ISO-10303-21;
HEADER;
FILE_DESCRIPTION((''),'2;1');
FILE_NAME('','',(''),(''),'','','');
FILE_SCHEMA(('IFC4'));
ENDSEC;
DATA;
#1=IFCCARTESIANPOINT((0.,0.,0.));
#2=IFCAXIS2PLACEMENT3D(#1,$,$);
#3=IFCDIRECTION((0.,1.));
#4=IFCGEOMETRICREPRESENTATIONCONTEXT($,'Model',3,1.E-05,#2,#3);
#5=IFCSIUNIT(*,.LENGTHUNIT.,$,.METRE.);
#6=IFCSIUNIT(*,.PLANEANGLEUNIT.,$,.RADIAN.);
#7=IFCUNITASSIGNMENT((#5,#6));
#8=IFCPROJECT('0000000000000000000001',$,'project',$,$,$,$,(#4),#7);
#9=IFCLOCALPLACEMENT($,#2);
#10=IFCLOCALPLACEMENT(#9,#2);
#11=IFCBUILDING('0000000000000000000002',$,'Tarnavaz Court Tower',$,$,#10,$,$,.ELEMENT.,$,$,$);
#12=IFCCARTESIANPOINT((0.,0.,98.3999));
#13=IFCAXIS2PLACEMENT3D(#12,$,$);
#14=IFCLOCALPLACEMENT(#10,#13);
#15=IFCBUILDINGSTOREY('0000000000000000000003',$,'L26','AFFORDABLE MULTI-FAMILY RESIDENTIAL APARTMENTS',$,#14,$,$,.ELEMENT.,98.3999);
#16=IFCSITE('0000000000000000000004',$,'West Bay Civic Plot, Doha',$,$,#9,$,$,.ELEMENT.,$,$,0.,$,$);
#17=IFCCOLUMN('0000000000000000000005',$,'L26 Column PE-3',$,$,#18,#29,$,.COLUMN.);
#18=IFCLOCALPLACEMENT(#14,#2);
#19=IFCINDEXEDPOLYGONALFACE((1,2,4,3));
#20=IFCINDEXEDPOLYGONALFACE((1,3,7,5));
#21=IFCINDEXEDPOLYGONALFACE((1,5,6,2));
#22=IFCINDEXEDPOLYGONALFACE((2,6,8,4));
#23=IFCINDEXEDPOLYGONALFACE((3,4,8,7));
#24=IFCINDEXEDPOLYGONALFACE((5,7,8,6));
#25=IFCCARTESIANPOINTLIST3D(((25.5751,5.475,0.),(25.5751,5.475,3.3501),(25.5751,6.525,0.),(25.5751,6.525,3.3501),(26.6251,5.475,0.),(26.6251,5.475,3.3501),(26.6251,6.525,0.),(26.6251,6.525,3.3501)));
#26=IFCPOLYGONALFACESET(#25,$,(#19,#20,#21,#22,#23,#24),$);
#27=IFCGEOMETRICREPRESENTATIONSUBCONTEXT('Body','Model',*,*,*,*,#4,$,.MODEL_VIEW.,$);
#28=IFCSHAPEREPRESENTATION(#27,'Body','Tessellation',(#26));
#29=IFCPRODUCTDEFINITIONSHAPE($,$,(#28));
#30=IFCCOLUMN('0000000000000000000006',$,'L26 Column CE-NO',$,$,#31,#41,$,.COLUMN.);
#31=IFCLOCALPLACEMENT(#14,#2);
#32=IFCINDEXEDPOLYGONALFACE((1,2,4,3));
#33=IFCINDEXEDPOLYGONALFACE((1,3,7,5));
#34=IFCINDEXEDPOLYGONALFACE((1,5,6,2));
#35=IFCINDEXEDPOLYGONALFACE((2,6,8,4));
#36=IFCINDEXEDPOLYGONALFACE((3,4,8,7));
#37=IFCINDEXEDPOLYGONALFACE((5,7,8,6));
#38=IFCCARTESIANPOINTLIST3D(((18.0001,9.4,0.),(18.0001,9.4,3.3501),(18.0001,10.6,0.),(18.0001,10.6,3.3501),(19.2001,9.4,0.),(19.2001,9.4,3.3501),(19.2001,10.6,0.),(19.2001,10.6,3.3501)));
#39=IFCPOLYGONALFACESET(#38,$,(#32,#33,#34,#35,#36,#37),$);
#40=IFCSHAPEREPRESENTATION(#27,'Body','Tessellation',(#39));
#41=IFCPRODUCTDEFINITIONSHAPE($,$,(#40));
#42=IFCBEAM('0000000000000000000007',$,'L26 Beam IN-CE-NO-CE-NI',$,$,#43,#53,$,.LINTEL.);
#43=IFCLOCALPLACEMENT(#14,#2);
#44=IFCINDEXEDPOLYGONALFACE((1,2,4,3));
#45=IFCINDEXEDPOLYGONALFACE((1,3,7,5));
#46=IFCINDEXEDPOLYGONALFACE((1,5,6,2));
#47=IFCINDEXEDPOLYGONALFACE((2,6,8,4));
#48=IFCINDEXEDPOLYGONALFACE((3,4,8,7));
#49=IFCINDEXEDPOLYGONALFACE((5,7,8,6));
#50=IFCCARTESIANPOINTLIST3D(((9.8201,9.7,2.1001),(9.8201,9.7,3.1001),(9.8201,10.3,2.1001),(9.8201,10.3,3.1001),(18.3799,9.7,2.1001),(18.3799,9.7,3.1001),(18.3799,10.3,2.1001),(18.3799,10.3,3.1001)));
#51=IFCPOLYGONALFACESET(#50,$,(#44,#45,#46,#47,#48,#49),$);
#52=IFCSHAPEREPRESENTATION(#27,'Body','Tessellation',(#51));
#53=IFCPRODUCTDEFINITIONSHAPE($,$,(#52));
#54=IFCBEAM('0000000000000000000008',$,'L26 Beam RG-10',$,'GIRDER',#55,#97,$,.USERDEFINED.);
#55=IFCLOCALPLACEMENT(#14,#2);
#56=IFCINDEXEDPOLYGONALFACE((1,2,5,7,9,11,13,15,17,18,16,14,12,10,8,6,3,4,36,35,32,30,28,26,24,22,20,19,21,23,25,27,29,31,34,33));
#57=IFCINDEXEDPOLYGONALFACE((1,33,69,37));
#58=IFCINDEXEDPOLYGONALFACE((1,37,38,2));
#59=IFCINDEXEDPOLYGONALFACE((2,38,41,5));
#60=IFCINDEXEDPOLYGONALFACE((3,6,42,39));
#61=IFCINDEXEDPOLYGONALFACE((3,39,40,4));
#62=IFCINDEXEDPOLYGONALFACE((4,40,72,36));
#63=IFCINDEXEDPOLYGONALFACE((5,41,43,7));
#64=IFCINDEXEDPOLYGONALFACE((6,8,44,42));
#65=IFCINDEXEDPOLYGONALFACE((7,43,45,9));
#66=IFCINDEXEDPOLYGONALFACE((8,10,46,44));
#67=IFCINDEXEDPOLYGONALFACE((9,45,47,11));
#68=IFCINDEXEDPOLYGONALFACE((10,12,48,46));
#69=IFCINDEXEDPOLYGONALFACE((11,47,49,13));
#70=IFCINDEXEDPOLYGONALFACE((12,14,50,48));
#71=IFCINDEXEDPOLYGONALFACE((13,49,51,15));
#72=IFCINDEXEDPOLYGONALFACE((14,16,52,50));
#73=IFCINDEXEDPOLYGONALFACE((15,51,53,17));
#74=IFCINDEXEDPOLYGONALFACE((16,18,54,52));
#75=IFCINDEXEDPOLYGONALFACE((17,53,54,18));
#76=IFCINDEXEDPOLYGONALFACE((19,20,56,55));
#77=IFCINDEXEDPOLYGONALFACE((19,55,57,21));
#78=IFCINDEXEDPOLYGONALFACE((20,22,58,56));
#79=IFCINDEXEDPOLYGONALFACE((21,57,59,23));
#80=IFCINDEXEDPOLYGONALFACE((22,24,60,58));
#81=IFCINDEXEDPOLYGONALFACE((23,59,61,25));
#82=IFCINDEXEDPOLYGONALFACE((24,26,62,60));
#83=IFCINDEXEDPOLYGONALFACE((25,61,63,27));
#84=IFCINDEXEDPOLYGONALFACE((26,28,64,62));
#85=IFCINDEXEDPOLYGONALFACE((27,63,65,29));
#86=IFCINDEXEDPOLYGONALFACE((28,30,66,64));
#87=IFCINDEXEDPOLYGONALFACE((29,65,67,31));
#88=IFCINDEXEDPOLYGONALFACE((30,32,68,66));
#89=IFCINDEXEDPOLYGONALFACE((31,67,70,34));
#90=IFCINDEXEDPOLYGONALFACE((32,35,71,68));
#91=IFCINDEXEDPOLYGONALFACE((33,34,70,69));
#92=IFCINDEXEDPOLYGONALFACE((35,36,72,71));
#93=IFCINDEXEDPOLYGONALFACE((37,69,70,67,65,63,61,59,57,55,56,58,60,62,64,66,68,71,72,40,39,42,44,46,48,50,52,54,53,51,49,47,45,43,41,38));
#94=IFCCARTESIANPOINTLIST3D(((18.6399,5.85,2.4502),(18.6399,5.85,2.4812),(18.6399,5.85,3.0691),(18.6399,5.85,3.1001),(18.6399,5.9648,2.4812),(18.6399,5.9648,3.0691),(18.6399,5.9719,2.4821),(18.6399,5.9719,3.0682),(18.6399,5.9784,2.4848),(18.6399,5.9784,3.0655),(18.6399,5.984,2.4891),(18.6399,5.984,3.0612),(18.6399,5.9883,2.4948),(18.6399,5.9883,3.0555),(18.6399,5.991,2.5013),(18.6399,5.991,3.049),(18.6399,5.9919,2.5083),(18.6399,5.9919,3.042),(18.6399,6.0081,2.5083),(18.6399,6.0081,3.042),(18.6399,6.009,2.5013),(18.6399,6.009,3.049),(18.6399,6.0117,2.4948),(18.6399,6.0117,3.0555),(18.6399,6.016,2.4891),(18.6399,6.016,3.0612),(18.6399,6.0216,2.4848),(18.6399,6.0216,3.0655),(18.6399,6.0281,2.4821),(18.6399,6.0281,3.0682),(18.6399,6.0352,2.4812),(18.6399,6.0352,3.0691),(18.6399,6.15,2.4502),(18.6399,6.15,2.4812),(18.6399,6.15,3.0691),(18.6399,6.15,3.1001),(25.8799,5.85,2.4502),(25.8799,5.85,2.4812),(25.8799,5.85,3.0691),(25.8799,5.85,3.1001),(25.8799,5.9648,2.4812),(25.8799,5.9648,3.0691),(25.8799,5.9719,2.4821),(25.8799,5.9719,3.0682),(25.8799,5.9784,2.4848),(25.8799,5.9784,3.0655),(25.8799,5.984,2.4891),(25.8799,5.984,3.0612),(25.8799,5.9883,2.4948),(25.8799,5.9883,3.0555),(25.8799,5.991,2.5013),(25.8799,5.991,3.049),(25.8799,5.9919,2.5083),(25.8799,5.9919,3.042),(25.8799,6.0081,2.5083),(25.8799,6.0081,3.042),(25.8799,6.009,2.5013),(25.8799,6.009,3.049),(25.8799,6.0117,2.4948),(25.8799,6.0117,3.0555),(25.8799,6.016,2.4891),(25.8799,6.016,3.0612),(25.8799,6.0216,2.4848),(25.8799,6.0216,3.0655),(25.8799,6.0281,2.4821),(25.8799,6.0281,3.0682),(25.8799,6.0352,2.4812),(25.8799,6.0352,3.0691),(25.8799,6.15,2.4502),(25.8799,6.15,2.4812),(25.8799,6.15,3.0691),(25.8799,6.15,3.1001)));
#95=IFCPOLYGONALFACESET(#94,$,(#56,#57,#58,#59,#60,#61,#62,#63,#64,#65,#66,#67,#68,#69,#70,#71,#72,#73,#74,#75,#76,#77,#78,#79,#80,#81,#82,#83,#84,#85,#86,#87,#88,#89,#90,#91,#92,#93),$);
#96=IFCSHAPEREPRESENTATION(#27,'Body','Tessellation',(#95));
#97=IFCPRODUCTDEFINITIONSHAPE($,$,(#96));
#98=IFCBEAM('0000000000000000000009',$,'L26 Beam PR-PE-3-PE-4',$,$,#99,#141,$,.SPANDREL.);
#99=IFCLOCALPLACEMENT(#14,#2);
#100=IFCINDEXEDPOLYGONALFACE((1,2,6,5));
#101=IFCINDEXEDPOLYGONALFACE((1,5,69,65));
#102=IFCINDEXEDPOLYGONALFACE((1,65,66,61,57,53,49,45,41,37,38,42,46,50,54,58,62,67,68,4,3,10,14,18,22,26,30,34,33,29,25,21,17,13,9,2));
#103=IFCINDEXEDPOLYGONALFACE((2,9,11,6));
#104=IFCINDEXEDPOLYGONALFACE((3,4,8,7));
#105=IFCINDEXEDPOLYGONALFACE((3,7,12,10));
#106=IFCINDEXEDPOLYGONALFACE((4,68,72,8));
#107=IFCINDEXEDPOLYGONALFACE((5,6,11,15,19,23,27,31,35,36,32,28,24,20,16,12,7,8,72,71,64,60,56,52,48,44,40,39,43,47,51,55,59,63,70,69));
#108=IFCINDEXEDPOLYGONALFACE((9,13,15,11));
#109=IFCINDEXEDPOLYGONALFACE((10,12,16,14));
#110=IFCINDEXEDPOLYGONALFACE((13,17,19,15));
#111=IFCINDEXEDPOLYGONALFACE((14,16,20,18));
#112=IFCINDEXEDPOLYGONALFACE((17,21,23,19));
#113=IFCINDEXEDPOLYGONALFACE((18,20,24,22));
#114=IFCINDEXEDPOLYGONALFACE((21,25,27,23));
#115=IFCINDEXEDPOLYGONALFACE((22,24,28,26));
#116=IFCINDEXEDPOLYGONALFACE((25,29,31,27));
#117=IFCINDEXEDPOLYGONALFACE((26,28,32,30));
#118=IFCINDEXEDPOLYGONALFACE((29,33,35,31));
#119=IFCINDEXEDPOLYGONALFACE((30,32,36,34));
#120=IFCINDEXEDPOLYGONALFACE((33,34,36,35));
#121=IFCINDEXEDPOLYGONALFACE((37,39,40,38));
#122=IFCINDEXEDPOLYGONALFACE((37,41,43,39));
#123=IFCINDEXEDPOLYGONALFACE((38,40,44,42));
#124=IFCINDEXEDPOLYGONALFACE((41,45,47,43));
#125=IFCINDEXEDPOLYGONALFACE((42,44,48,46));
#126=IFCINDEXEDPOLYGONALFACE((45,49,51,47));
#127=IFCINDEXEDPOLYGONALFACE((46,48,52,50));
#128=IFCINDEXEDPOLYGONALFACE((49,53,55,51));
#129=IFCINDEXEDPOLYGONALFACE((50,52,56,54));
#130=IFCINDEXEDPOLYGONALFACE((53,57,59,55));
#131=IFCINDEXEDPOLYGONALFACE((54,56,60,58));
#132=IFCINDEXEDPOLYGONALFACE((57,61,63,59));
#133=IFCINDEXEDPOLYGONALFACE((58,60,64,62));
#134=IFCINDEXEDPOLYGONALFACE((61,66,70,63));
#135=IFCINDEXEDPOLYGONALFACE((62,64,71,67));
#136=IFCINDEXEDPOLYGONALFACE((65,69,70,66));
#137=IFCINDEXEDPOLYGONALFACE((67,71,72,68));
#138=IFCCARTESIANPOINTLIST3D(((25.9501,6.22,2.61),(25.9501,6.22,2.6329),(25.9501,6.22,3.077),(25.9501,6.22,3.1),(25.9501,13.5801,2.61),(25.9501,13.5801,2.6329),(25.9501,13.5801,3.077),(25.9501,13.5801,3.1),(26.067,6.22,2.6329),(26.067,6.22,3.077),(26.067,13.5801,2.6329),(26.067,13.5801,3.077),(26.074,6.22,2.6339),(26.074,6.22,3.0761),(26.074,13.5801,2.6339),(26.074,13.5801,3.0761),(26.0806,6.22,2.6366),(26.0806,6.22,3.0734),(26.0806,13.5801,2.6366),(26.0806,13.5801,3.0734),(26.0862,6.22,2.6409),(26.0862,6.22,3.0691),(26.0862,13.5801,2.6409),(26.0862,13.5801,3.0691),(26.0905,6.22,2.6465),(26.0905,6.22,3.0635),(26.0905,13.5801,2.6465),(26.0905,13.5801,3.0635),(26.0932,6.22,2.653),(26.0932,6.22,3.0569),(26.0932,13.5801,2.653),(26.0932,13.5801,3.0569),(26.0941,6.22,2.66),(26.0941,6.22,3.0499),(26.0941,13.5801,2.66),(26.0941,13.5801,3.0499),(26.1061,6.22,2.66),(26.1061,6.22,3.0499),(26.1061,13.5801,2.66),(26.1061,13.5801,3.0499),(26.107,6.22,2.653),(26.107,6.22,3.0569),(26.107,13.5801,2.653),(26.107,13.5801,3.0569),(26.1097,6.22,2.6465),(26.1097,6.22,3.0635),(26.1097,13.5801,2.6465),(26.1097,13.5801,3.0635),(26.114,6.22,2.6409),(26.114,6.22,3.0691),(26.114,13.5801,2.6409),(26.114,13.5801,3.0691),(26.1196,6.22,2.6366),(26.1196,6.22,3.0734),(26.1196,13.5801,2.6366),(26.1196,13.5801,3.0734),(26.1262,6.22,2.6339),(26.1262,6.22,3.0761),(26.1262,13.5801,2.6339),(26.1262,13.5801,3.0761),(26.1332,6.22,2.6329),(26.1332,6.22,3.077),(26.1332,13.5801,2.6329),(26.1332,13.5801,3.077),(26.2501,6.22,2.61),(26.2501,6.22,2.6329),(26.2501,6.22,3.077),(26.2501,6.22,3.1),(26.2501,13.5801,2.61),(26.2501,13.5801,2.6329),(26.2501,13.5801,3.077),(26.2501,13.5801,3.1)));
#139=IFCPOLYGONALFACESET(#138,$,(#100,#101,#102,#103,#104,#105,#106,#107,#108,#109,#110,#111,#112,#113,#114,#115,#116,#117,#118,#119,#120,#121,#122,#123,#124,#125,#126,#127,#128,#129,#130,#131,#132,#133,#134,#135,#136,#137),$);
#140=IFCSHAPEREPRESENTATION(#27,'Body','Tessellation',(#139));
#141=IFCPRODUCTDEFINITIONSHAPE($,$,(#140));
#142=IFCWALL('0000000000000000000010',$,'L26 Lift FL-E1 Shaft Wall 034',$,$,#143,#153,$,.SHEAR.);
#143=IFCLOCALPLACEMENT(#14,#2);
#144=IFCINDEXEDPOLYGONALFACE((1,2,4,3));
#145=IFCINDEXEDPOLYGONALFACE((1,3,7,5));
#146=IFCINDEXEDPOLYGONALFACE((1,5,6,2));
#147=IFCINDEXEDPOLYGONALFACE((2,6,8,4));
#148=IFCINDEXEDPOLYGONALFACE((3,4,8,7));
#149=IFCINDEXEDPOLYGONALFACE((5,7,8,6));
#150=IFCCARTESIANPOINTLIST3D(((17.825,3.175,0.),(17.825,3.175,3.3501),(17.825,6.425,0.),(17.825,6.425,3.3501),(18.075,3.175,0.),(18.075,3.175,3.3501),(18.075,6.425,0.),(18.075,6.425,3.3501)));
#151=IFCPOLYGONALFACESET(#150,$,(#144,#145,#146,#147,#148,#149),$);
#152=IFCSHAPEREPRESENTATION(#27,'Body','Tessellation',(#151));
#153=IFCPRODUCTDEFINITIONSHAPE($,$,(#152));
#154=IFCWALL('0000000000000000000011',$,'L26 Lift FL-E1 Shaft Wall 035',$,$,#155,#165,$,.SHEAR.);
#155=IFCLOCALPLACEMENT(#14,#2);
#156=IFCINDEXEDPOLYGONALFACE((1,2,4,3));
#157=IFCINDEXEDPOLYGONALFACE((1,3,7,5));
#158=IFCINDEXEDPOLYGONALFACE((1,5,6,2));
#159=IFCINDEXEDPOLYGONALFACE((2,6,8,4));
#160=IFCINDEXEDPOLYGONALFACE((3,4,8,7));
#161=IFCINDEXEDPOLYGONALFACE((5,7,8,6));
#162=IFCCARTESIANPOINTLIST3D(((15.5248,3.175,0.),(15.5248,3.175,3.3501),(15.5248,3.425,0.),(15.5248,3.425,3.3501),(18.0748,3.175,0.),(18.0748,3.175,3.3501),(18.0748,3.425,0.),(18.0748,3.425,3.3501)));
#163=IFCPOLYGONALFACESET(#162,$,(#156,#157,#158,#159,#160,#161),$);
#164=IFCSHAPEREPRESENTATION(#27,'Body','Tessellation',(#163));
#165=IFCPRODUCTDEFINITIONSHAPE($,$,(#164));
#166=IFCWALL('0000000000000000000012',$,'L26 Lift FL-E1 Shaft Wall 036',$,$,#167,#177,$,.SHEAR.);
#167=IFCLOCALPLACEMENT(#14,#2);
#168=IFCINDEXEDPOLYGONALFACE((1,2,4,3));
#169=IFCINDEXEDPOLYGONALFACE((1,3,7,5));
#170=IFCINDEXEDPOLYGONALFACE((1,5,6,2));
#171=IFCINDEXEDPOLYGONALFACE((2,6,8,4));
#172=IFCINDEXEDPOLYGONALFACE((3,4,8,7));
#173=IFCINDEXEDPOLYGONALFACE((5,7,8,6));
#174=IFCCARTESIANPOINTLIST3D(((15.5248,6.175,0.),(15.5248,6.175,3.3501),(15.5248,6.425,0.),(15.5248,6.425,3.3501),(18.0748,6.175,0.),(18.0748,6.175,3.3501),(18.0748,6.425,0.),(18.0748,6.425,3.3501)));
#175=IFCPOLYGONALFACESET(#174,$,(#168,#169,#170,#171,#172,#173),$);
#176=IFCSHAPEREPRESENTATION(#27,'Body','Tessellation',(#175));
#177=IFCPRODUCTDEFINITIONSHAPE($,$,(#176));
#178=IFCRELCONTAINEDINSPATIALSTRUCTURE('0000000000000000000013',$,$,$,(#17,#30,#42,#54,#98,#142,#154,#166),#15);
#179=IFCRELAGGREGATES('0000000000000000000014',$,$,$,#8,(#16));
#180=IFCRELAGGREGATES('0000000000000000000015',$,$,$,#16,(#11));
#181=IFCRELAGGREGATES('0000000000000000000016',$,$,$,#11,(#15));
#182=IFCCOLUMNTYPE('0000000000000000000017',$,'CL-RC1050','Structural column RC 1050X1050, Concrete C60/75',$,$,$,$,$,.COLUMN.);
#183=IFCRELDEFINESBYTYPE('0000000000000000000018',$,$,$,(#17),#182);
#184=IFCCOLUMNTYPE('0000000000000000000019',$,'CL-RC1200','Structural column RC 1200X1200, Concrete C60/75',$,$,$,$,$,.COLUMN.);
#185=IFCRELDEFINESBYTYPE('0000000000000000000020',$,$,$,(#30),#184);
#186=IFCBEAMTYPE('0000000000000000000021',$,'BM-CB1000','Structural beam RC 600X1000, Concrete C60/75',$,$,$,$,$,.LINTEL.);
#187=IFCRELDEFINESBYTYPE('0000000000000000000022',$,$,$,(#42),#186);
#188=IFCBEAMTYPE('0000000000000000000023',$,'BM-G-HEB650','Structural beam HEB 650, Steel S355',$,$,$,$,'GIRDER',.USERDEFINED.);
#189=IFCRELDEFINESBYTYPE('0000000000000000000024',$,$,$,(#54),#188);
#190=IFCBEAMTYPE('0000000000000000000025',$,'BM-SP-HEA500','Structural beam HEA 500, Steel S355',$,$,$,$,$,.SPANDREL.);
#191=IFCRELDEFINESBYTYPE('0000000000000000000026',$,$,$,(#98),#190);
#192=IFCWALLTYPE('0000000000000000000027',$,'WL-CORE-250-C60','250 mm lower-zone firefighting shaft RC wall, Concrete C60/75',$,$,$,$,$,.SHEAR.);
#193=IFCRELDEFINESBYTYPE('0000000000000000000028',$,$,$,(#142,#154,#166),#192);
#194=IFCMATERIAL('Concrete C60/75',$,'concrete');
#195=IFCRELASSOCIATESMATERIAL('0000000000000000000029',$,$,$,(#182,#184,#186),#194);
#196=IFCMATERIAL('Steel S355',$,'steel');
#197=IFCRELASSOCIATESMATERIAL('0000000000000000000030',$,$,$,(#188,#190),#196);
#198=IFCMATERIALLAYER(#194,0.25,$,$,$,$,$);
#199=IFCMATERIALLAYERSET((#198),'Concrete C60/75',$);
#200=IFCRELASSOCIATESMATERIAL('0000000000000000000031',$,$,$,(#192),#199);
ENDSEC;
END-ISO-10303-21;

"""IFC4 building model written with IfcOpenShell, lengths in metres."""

from ifc_helpers import new_model, si_unit, direction, frame, frame_2d, origin, origin_2d, place, context, subcontext, project, spatial, rectangle, i_section, extrude, material, layer, layer_set, material_profile, profile_set, type_object, element, save


model = new_model("IFC4")

# Units and contexts
model_context = context("Model", 3, precision=1e-05, world=origin(), true_north=direction((0.0, 1.0)))
body_context = subcontext(model_context, "Body", "Model", "MODEL_VIEW")
ifc_project = project(units=[si_unit("LENGTHUNIT", "METRE"), si_unit("PLANEANGLEUNIT", "RADIAN")], contexts=[model_context])

# Site, building, storey
site_placement = place(None, origin())
site = spatial("IfcSite", under=ifc_project, at=site_placement, Name="West Bay Civic Plot, Doha", CompositionType="ELEMENT", RefElevation=0.0)
building_placement = place(site_placement, origin())
building = spatial("IfcBuilding", under=site, at=building_placement, Name="Tarnavaz Court Tower", CompositionType="ELEMENT")
storey_placement = place(building_placement, frame((0.0, 0.0, 98.3999)))
storey = spatial("IfcBuildingStorey", under=building, at=storey_placement, Name="L26", Description="AFFORDABLE MULTI-FAMILY RESIDENTIAL APARTMENTS", CompositionType="ELEMENT", Elevation=98.3999)

# Columns
ifc_material_1 = material(Name="Concrete C60/75", Category="concrete")
ifc_material_profile_1 = material_profile(ifc_material_1, rectangle(XDim=1.05, YDim=1.05, at=origin_2d()), Name="RC 1050X1050")
ifc_profile_set_1 = profile_set([ifc_material_profile_1], Name="Concrete C60/75")
column_type_1 = type_object("IfcColumnType", Name="CL-RC1050", Description="Structural column RC 1050X1050, Concrete C60/75", PredefinedType="COLUMN", material=ifc_profile_set_1)
column_1_placement = place(storey_placement, frame((26.1001, 6.0, 0.0), z_axis=(0.0, 0.0, 1.0), x_axis=(1.0, 0.0, 0.0)))
element("IfcColumn", 1, at=column_1_placement, inside=storey, type_object=column_type_1, Name="L26 Column PE-3", PredefinedType="COLUMN", context=body_context, shape_type="SweptSolid", body=[
    extrude(rectangle(XDim=1.05, YDim=1.05, at=origin_2d()), origin(), (0.0, 0.0, 1.0), 3.3501),
])
ifc_material_profile_2 = material_profile(ifc_material_1, rectangle(XDim=1.2, YDim=1.2, at=origin_2d()), Name="RC 1200X1200")
ifc_profile_set_2 = profile_set([ifc_material_profile_2], Name="Concrete C60/75")
column_type_2 = type_object("IfcColumnType", Name="CL-RC1200", Description="Structural column RC 1200X1200, Concrete C60/75", PredefinedType="COLUMN", material=ifc_profile_set_2)
column_2_placement = place(storey_placement, frame((18.6001, 10.0, 0.0), z_axis=(0.0, 0.0, 1.0), x_axis=(1.0, 0.0, 0.0)))
element("IfcColumn", 2, at=column_2_placement, inside=storey, type_object=column_type_2, Name="L26 Column CE-NO", PredefinedType="COLUMN", context=body_context, shape_type="SweptSolid", body=[
    extrude(rectangle(XDim=1.2, YDim=1.2, at=origin_2d()), origin(), (0.0, 0.0, 1.0), 3.3501),
])

# Beams
ifc_material_profile_3 = material_profile(ifc_material_1, rectangle(XDim=0.6001, YDim=1.0, at=origin_2d()), Name="RC 600X1000")
ifc_profile_set_3 = profile_set([ifc_material_profile_3], Name="Concrete C60/75")
beam_type_1 = type_object("IfcBeamType", Name="BM-CB1000", Description="Structural beam RC 600X1000, Concrete C60/75", PredefinedType="LINTEL", material=ifc_profile_set_3)
beam_1_placement = place(storey_placement, frame((18.3799, 10.0, 2.6001), z_axis=(-1.0, 0.0, 0.0), x_axis=(0.0, -1.0, 0.0)))
element("IfcBeam", 3, at=beam_1_placement, inside=storey, type_object=beam_type_1, Name="L26 Beam IN-CE-NO-CE-NI", PredefinedType="LINTEL", context=body_context, shape_type="SweptSolid", body=[
    extrude(rectangle(XDim=0.6001, YDim=1.0, at=origin_2d()), origin(), (0.0, 0.0, 1.0), 8.5598),
])
ifc_material_2 = material(Name="Steel S355", Category="steel")
ifc_material_profile_4 = material_profile(ifc_material_2, i_section(OverallWidth=0.3, OverallDepth=0.6499, WebThickness=0.0161, FlangeThickness=0.031, FilletRadius=0.0271, at=origin_2d()), Name="HEB 650")
ifc_profile_set_4 = profile_set([ifc_material_profile_4], Name="Steel S355")
beam_type_2 = type_object("IfcBeamType", Name="BM-G-HEB650", Description="Structural beam HEB 650, Steel S355", ElementType="GIRDER", PredefinedType="USERDEFINED", material=ifc_profile_set_4)
beam_2_placement = place(storey_placement, frame((18.6399, 6.0, 2.7751), z_axis=(1.0, 0.0, 0.0), x_axis=(0.0, 1.0, 0.0)))
element("IfcBeam", 4, at=beam_2_placement, inside=storey, type_object=beam_type_2, Name="L26 Beam RG-10", ObjectType="GIRDER", PredefinedType="USERDEFINED", context=body_context, shape_type="SweptSolid", body=[
    extrude(i_section(OverallWidth=0.3, OverallDepth=0.6499, WebThickness=0.0161, FlangeThickness=0.031, FilletRadius=0.0271, at=origin_2d()), origin(), (0.0, 0.0, 1.0), 7.24),
])
ifc_material_profile_5 = material_profile(ifc_material_2, i_section(OverallWidth=0.3, OverallDepth=0.49, WebThickness=0.012, FlangeThickness=0.0229, FilletRadius=0.0271, at=origin_2d()), Name="HEA 500")
ifc_profile_set_5 = profile_set([ifc_material_profile_5], Name="Steel S355")
beam_type_3 = type_object("IfcBeamType", Name="BM-SP-HEA500", Description="Structural beam HEA 500, Steel S355", PredefinedType="SPANDREL", material=ifc_profile_set_5)
beam_3_placement = place(storey_placement, frame((26.1001, 6.22, 2.855), z_axis=(0.0, 1.0, 0.0), x_axis=(-1.0, 0.0, 0.0)))
element("IfcBeam", 5, at=beam_3_placement, inside=storey, type_object=beam_type_3, Name="L26 Beam PR-PE-3-PE-4", PredefinedType="SPANDREL", context=body_context, shape_type="SweptSolid", body=[
    extrude(i_section(OverallWidth=0.3, OverallDepth=0.49, WebThickness=0.012, FlangeThickness=0.0229, FilletRadius=0.0271, at=origin_2d()), origin(), (0.0, 0.0, 1.0), 7.3601),
])

# Shared definitions
ifc_layer_1 = layer(ifc_material_1, 0.25)
ifc_layer_set_1 = layer_set([ifc_layer_1], Name="Concrete C60/75")
wall_type_1 = type_object("IfcWallType", Name="WL-CORE-250-C60", Description="250 mm lower-zone firefighting shaft RC wall, Concrete C60/75", PredefinedType="SHEAR", material=ifc_layer_set_1)

# Walls
wall_1_placement = place(storey_placement, frame((17.95, 3.175, 0.0), z_axis=(0.0, 0.0, 1.0), x_axis=(0.0, 1.0, 0.0)))
element("IfcWall", 6, at=wall_1_placement, inside=storey, type_object=wall_type_1, Name="L26 Lift FL-E1 Shaft Wall 034", PredefinedType="SHEAR", context=body_context, shape_type="SweptSolid", body=[
    extrude(rectangle(XDim=3.25, YDim=0.25, at=frame_2d((1.625, 0.0))), origin(), (0.0, 0.0, 1.0), 3.3501),
])
for number, where, z_axis, x_axis, name in (
    (7, (15.5249, 3.3, 0.0), (0.0, 0.0, 1.0), (1.0, 0.0, 0.0), "L26 Lift FL-E1 Shaft Wall 035"),
    (8, (15.5249, 6.3, 0.0), (0.0, 0.0, 1.0), (1.0, 0.0, 0.0), "L26 Lift FL-E1 Shaft Wall 036"),
):
    element("IfcWall", number, at=place(storey_placement, frame(where, z_axis=z_axis, x_axis=x_axis)), inside=storey, type_object=wall_type_1, Name=name, PredefinedType="SHEAR", context=body_context, shape_type="SweptSolid", body=[
        extrude(rectangle(XDim=2.55, YDim=0.25, at=frame_2d((1.2749, 0.0))), origin(), (0.0, 0.0, 1.0), 3.3501),
    ])

save(model, "model.ifc")
